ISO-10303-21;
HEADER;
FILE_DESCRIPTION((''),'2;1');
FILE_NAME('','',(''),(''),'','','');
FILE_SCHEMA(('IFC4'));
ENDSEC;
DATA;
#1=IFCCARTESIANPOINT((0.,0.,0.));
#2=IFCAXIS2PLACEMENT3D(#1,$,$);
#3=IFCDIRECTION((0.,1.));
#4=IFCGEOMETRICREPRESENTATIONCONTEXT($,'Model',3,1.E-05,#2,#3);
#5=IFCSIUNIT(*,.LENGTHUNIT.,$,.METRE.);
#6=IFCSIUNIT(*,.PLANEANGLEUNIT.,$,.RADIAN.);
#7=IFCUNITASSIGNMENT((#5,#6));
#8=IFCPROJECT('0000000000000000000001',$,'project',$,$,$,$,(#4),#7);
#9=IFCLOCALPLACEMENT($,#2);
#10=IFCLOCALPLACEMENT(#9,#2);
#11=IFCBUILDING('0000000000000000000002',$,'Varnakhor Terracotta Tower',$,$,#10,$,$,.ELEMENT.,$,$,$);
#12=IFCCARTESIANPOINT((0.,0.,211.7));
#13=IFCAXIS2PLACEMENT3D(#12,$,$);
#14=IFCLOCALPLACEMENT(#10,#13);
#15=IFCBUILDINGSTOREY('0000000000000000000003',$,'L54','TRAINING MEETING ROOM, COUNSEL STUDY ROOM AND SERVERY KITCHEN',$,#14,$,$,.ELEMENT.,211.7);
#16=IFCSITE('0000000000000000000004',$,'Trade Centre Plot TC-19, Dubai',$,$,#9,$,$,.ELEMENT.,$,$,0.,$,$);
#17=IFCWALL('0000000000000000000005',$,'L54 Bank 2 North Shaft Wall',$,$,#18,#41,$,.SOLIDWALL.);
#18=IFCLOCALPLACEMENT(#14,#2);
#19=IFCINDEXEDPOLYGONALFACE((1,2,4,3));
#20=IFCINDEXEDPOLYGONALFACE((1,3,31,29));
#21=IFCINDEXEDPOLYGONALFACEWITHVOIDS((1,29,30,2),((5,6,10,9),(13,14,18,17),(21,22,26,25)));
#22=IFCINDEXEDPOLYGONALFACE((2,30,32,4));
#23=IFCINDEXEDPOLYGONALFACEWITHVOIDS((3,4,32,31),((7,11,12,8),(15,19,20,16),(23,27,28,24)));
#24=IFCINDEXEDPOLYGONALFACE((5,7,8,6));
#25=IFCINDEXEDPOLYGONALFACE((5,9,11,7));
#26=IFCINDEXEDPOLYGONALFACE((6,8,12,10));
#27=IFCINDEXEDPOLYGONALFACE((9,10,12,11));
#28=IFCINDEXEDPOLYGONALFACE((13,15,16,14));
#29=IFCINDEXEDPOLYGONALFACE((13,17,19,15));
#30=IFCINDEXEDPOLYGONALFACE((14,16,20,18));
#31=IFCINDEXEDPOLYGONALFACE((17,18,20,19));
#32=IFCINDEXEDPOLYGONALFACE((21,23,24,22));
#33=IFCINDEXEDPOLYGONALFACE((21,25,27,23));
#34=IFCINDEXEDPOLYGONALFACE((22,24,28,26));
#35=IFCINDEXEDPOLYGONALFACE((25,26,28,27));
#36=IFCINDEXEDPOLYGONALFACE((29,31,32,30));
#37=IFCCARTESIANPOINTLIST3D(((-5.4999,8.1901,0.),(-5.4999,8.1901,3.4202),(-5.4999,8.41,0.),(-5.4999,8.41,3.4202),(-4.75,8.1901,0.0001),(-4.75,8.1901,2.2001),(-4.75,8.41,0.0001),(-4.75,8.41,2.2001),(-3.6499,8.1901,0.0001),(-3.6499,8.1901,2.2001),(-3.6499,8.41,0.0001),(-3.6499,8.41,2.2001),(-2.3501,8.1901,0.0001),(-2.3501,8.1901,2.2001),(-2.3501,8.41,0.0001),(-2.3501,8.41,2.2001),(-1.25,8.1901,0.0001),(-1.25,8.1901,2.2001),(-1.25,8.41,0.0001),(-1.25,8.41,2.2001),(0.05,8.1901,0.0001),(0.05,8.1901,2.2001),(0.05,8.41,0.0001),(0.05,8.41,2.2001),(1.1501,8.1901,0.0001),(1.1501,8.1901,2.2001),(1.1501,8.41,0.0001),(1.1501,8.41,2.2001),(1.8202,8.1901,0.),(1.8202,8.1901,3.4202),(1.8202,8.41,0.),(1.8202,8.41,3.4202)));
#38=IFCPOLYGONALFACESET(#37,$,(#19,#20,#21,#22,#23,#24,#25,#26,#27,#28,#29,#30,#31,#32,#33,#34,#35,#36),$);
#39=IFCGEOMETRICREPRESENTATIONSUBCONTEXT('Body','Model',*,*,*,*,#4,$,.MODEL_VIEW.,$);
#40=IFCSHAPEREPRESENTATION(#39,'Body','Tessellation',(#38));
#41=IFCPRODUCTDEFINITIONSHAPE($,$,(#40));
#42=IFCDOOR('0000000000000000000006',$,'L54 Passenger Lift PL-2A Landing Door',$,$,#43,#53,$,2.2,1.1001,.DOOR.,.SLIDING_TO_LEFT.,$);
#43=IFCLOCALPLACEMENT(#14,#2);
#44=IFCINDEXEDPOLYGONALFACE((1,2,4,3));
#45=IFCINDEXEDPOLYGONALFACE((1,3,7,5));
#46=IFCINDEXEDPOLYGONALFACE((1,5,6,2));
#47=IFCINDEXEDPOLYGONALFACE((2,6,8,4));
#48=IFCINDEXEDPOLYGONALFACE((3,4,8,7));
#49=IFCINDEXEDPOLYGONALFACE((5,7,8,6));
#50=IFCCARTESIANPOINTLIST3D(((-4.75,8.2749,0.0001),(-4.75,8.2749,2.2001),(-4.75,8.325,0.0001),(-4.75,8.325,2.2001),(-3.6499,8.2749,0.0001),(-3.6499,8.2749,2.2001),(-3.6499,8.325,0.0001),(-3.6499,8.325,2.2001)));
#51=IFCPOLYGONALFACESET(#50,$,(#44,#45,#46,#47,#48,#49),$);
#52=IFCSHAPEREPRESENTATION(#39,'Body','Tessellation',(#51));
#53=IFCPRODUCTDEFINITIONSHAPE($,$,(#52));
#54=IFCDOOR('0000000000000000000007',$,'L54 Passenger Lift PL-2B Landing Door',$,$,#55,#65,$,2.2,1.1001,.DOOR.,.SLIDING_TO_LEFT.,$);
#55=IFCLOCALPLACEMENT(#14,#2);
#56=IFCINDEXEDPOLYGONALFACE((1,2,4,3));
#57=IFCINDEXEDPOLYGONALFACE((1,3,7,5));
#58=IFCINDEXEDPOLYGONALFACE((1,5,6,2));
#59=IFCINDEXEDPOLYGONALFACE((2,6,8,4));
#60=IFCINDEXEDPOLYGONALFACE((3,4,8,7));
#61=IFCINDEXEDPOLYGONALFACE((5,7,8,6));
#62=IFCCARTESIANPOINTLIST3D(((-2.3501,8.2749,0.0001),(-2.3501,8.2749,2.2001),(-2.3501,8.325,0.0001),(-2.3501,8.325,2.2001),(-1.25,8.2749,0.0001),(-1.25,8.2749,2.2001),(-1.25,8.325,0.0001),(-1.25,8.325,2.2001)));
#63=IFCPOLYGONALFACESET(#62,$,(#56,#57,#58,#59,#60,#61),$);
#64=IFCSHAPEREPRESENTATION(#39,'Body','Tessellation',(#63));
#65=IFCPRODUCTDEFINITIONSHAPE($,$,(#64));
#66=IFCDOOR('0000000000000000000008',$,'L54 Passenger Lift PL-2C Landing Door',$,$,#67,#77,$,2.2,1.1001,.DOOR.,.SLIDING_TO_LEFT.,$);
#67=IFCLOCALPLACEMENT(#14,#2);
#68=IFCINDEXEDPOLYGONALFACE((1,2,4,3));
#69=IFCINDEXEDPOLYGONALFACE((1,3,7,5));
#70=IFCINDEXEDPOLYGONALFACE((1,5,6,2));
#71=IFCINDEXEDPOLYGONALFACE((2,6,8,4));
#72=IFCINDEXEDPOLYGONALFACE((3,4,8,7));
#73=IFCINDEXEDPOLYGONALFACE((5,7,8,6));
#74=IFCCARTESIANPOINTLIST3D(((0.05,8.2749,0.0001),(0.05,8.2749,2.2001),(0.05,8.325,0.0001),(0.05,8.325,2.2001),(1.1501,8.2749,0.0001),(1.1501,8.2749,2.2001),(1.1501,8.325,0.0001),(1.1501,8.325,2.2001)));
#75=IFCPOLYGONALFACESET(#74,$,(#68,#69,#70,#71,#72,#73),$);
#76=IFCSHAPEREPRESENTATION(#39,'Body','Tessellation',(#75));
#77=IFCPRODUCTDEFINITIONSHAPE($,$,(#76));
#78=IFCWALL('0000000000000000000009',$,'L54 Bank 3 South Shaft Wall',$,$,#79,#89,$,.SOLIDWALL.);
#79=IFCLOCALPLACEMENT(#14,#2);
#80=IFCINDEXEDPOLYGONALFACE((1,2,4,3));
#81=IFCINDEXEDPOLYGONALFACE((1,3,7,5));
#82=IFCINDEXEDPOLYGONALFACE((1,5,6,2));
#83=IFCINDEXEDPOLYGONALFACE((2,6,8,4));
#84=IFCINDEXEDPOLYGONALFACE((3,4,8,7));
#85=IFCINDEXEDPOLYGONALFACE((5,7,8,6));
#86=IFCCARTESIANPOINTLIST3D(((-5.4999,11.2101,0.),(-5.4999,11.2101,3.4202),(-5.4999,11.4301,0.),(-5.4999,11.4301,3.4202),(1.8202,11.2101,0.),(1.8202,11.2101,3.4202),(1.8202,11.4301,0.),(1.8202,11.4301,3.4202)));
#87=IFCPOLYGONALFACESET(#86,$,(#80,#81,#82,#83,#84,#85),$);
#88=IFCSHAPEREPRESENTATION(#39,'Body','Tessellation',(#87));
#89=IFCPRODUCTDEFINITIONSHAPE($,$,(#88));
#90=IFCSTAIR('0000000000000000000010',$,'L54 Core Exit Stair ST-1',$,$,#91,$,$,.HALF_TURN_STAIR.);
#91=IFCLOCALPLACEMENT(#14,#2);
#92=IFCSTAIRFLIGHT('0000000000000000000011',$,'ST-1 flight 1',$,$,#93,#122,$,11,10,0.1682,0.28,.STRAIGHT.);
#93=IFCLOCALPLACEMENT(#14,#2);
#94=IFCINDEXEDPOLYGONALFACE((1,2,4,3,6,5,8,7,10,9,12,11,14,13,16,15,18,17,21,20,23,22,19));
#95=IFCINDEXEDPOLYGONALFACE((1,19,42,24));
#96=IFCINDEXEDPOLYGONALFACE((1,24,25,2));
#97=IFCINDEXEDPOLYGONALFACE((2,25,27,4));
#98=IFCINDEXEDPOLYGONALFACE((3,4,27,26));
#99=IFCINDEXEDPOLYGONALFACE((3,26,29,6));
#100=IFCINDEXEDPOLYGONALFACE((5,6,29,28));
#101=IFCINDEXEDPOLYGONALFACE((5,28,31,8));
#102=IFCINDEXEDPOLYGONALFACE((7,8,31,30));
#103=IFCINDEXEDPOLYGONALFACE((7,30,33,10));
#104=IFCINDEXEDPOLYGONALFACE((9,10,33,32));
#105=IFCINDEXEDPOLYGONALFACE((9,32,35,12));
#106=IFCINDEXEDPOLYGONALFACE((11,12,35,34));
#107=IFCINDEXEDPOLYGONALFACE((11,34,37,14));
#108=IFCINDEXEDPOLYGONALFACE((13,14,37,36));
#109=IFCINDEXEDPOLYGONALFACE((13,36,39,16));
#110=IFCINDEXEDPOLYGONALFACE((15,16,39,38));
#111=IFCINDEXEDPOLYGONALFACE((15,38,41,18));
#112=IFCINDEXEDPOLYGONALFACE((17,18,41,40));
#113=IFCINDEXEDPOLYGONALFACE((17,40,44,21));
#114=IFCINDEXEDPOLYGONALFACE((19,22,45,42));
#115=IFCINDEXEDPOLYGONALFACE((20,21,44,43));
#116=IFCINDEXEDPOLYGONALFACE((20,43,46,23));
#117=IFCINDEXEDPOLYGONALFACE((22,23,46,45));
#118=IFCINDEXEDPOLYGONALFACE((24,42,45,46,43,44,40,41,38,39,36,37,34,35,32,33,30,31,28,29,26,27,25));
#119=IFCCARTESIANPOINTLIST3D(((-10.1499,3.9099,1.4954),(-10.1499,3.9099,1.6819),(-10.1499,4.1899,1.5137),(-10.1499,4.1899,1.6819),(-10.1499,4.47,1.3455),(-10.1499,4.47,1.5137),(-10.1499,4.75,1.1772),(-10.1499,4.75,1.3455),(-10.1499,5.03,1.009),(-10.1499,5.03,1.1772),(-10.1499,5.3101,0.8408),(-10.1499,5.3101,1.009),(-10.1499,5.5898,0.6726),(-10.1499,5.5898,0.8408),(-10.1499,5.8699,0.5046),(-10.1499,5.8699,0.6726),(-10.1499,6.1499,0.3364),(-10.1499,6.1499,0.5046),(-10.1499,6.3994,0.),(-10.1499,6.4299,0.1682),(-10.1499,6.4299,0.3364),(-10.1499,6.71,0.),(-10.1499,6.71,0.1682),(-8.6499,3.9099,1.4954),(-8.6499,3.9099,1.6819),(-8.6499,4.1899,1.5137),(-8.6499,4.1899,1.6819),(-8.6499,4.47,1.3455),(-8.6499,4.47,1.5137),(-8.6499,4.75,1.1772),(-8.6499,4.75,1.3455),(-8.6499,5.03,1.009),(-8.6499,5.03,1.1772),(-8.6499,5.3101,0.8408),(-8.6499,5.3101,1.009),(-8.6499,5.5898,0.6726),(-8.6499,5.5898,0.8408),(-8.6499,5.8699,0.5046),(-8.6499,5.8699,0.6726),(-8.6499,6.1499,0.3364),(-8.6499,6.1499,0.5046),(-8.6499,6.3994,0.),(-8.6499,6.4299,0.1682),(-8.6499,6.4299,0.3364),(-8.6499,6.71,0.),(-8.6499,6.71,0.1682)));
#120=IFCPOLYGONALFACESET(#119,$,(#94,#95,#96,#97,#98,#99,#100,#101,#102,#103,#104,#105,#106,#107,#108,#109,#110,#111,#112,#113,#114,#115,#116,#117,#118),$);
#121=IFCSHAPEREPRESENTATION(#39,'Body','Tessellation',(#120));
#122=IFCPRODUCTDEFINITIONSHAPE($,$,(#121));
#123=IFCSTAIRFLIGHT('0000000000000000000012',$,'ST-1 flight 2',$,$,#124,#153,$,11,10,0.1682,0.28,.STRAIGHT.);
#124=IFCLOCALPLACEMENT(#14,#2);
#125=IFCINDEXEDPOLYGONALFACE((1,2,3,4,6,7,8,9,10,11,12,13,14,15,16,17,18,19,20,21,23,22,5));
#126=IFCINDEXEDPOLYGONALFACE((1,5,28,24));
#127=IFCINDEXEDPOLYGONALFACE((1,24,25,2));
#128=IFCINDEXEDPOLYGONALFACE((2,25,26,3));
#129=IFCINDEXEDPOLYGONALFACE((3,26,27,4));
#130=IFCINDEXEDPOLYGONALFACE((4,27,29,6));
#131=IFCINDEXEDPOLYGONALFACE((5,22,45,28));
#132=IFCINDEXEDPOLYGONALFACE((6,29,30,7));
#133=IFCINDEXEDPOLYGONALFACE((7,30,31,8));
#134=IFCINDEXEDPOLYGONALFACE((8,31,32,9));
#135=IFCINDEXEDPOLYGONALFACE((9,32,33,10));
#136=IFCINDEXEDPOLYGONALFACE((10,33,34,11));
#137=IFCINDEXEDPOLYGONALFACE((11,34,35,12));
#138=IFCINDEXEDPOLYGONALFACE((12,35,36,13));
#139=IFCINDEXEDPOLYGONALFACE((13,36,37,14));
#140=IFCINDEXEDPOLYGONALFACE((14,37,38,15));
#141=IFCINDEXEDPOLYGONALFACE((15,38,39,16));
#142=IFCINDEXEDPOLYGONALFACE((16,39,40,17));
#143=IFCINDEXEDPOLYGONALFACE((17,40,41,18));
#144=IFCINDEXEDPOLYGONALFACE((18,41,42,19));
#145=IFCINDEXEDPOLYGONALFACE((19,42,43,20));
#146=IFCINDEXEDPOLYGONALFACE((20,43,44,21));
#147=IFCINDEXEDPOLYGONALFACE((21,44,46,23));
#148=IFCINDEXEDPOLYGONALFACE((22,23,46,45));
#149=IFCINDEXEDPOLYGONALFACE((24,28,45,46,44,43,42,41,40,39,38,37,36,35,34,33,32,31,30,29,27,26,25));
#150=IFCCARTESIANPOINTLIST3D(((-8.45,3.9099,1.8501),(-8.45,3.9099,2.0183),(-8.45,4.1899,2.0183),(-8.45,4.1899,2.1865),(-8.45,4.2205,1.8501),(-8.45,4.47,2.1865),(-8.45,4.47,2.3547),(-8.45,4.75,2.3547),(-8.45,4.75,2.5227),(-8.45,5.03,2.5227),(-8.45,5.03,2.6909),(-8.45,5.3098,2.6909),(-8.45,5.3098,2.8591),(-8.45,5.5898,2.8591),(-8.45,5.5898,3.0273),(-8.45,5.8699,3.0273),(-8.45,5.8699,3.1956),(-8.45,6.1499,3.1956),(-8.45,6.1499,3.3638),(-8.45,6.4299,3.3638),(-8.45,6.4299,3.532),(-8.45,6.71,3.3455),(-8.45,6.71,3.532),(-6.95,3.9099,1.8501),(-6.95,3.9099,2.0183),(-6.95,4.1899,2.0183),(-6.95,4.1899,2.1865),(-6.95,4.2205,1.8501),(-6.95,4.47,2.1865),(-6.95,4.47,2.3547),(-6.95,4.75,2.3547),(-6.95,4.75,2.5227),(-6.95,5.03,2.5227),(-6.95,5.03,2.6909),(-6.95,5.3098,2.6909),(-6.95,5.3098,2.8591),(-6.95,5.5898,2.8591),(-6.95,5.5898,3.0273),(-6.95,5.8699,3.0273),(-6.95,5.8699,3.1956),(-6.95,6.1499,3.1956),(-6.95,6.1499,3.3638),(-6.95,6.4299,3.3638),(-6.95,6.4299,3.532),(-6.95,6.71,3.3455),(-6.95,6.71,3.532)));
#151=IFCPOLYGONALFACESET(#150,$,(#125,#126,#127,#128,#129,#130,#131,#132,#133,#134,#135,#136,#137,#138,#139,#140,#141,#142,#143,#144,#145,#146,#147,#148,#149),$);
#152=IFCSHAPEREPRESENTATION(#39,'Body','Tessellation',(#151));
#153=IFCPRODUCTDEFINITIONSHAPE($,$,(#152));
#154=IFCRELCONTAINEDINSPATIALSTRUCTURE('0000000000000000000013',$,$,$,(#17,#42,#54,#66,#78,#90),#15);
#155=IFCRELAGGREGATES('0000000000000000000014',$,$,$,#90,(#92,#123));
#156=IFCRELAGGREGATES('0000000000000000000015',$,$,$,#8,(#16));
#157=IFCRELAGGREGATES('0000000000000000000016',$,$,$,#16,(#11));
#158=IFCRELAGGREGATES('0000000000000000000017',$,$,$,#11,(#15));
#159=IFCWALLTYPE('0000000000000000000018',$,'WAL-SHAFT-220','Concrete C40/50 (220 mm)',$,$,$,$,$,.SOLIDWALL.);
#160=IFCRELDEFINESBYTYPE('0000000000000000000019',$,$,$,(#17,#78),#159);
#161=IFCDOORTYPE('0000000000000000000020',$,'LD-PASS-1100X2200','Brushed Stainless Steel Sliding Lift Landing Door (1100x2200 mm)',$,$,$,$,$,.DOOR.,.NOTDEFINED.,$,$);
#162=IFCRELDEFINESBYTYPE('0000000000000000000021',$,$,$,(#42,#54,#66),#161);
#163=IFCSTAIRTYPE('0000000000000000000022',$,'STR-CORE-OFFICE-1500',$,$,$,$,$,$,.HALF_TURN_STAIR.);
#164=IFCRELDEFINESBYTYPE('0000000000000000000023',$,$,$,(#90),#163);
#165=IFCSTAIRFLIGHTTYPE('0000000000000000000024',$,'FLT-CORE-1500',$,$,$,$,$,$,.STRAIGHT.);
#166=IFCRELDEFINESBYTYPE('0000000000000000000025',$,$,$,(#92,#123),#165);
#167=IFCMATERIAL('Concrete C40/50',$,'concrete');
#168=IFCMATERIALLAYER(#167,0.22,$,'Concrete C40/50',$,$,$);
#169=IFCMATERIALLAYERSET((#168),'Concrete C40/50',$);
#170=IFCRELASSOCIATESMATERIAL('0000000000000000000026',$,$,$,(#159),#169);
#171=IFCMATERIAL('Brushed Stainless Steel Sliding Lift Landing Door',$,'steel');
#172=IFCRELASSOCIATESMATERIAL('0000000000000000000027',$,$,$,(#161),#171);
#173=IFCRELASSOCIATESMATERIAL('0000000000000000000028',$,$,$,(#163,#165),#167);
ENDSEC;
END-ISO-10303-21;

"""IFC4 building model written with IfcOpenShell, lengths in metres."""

from ifc_helpers import new_model, si_unit, direction, frame, frame_2d, origin, place, context, subcontext, project, spatial, polyline, rectangle, outline, extrude, source, transform, mapped, material, layer, layer_set, type_object, type_shapes, element, fill, aggregate, save


model = new_model("IFC4")

# Units and contexts
model_context = context("Model", 3, precision=1e-05, world=origin(), true_north=direction((0.0, 1.0)))
body_context = subcontext(model_context, "Body", "Model", "MODEL_VIEW")
ifc_project = project(units=[si_unit("LENGTHUNIT", "METRE"), si_unit("PLANEANGLEUNIT", "RADIAN")], contexts=[model_context])

# Site, building, storey
site_placement = place(None, origin())
site = spatial("IfcSite", under=ifc_project, at=site_placement, Name="Trade Centre Plot TC-19, Dubai", CompositionType="ELEMENT", RefElevation=0.0)
building_placement = place(site_placement, origin())
building = spatial("IfcBuilding", under=site, at=building_placement, Name="Varnakhor Terracotta Tower", CompositionType="ELEMENT")
storey_placement = place(building_placement, frame((0.0, 0.0, 211.7)))
storey = spatial("IfcBuildingStorey", under=building, at=storey_placement, Name="L54", Description="TRAINING MEETING ROOM, COUNSEL STUDY ROOM AND SERVERY KITCHEN", CompositionType="ELEMENT", Elevation=211.7)

# Shared definitions
ifc_material_1 = material(Name="Concrete C40/50", Category="concrete")

# Shared definitions
ifc_layer_1 = layer(ifc_material_1, 0.22, Name="Concrete C40/50")
ifc_layer_set_1 = layer_set([ifc_layer_1], Name="Concrete C40/50")
wall_type_1 = type_object("IfcWallType", Name="WAL-SHAFT-220", Description="Concrete C40/50 (220 mm)", PredefinedType="SOLIDWALL", material=ifc_layer_set_1)

# Wall, openings, doors
wall_1_placement = place(storey_placement, frame((-5.5, 8.3, 0.0), z_axis=(0.0, 0.0, 1.0), x_axis=(1.0, 0.0, 0.0)))
wall_1 = element("IfcWall", 1, at=wall_1_placement, inside=storey, type_object=wall_type_1, Name="L54 Bank 2 North Shaft Wall", PredefinedType="SOLIDWALL", context=body_context, shape_type="SweptSolid", body=[
    extrude(rectangle(XDim=7.3201, YDim=0.22, at=frame_2d((3.6602, 0.0))), origin(), (0.0, 0.0, 1.0), 3.4202),
])
opening_1_placement = place(wall_1_placement, frame((0.75, 0.0, 0.0)))
opening_1 = element("IfcOpeningElement", 2, at=opening_1_placement, cuts=wall_1, PredefinedType="OPENING", context=body_context, shape_type="SweptSolid", body=[
    extrude(rectangle(XDim=1.1001, YDim=2.2, at=frame_2d((0.55, 1.1001))), frame((0.0, 0.1201, 0.0), z_axis=(0.0, -1.0, 0.0), x_axis=(1.0, 0.0, 0.0)), (0.0, 0.0, 1.0), 0.24),
])
opening_2_placement = place(wall_1_placement, frame((3.1499, 0.0, 0.0)))
opening_2 = element("IfcOpeningElement", 3, at=opening_2_placement, cuts=wall_1, PredefinedType="OPENING", context=body_context, shape_type="SweptSolid", body=[
    extrude(rectangle(XDim=1.1001, YDim=2.2, at=frame_2d((0.55, 1.1001))), frame((0.0, 0.1201, 0.0), z_axis=(0.0, -1.0, 0.0), x_axis=(1.0, 0.0, 0.0)), (0.0, 0.0, 1.0), 0.24),
])
opening_3_placement = place(wall_1_placement, frame((5.55, 0.0, 0.0)))
opening_3 = element("IfcOpeningElement", 4, at=opening_3_placement, cuts=wall_1, PredefinedType="OPENING", context=body_context, shape_type="SweptSolid", body=[
    extrude(rectangle(XDim=1.1001, YDim=2.2, at=frame_2d((0.55, 1.1001))), frame((0.0, 0.1201, 0.0), z_axis=(0.0, -1.0, 0.0), x_axis=(1.0, 0.0, 0.0)), (0.0, 0.0, 1.0), 0.24),
])
ifc_material_2 = material(Name="Brushed Stainless Steel Sliding Lift Landing Door", Category="steel")
door_type_1 = type_object("IfcDoorType", Name="LD-PASS-1100X2200", Description="Brushed Stainless Steel Sliding Lift Landing Door (1100x2200 mm)", OperationType="NOTDEFINED", PredefinedType="DOOR", material=ifc_material_2)
shared_shape_1 = source(origin(), body_context, "Body", "SweptSolid", [
    extrude(rectangle(XDim=1.1001, YDim=2.2, at=frame_2d((0.55, 1.1001))), frame((0.0, 0.0249, 0.0), z_axis=(0.0, -1.0, 0.0), x_axis=(1.0, 0.0, 0.0)), (0.0, 0.0, 1.0), 0.05),
])
type_shapes(door_type_1, [shared_shape_1])
door_1_placement = place(opening_1_placement, origin())
door_1 = element("IfcDoor", 5, at=door_1_placement, inside=storey, type_object=door_type_1, Name="L54 Passenger Lift PL-2A Landing Door", OperationType="SLIDING_TO_LEFT", OverallHeight=2.2, OverallWidth=1.1001, PredefinedType="DOOR", context=body_context, shape_type="MappedRepresentation", body=[
    mapped(shared_shape_1, transform((0.0, 0.0, 0.0), scale=1.0)),
])
fill(opening_1, door_1)
door_2_placement = place(opening_2_placement, origin())
door_2 = element("IfcDoor", 6, at=door_2_placement, inside=storey, type_object=door_type_1, Name="L54 Passenger Lift PL-2B Landing Door", OperationType="SLIDING_TO_LEFT", OverallHeight=2.2, OverallWidth=1.1001, PredefinedType="DOOR", context=body_context, shape_type="MappedRepresentation", body=[
    mapped(shared_shape_1, transform((0.0, 0.0, 0.0), scale=1.0)),
])
fill(opening_2, door_2)
door_3_placement = place(opening_3_placement, origin())
door_3 = element("IfcDoor", 7, at=door_3_placement, inside=storey, type_object=door_type_1, Name="L54 Passenger Lift PL-2C Landing Door", OperationType="SLIDING_TO_LEFT", OverallHeight=2.2, OverallWidth=1.1001, PredefinedType="DOOR", context=body_context, shape_type="MappedRepresentation", body=[
    mapped(shared_shape_1, transform((0.0, 0.0, 0.0), scale=1.0)),
])
fill(opening_3, door_3)

# Wall
wall_2_placement = place(storey_placement, frame((-5.5, 11.3201, 0.0), z_axis=(0.0, 0.0, 1.0), x_axis=(1.0, 0.0, 0.0)))
element("IfcWall", 8, at=wall_2_placement, inside=storey, type_object=wall_type_1, Name="L54 Bank 3 South Shaft Wall", PredefinedType="SOLIDWALL", context=body_context, shape_type="SweptSolid", body=[
    extrude(rectangle(XDim=7.3201, YDim=0.22, at=frame_2d((3.6602, 0.0))), origin(), (0.0, 0.0, 1.0), 3.4202),
])

# Stair, stair flights
stair_type = type_object("IfcStairType", Name="STR-CORE-OFFICE-1500", PredefinedType="HALF_TURN_STAIR", material=ifc_material_1)
stair_placement = place(storey_placement, origin())
stair = element("IfcStair", 9, at=stair_placement, inside=storey, type_object=stair_type, Name="L54 Core Exit Stair ST-1", PredefinedType="HALF_TURN_STAIR")
stair_flight_type = type_object("IfcStairFlightType", Name="FLT-CORE-1500", PredefinedType="STRAIGHT", material=ifc_material_1)
stair_flight_1_placement = place(storey_placement, frame((-9.3999, 6.71, 0.0), z_axis=(0.0, 0.0, 1.0), x_axis=(0.0, -1.0, 0.0)))
stair_flight_1 = element("IfcStairFlight", 10, at=stair_flight_1_placement, type_object=stair_flight_type, Name="ST-1 flight 1", NumberOfRisers=11, NumberOfTreads=10, PredefinedType="STRAIGHT", RiserHeight=0.1682, TreadLength=0.28, context=body_context, shape_type="SweptSolid", body=[
    extrude(outline(polyline([(0.0, 0.0), (0.0, 0.1682), (0.28, 0.1682), (0.28, 0.3364), (0.5601, 0.3364), (0.5601, 0.5046), (0.8401, 0.5046), (0.8401, 0.6726), (1.1201, 0.6726), (1.1201, 0.8408), (1.3999, 0.8408), (1.3999, 1.009), (1.6799, 1.009), (1.6799, 1.1772), (1.96, 1.1772), (1.96, 1.3455), (2.24, 1.3455), (2.24, 1.5137), (2.52, 1.5137), (2.52, 1.6819), (2.8, 1.6819), (2.8, 1.8501), (2.8, 1.4954), (0.3105, 0.0), (0.0, 0.0)])), frame((0.0, 0.75, 0.0), z_axis=(0.0, -1.0, 0.0), x_axis=(1.0, 0.0, 0.0)), (0.0, 0.0, 1.0), 1.5),
])
stair_flight_2_placement = place(storey_placement, frame((-7.7, 3.9099, 1.8501), z_axis=(0.0, 0.0, 1.0), x_axis=(0.0, 1.0, 0.0)))
stair_flight_2 = element("IfcStairFlight", 11, at=stair_flight_2_placement, type_object=stair_flight_type, Name="ST-1 flight 2", NumberOfRisers=11, NumberOfTreads=10, PredefinedType="STRAIGHT", RiserHeight=0.1682, TreadLength=0.28, context=body_context, shape_type="SweptSolid", body=[
    extrude(outline(polyline([(0.0, 0.0), (0.0, 0.1682), (0.28, 0.1682), (0.28, 0.3364), (0.5601, 0.3364), (0.5601, 0.5046), (0.8401, 0.5046), (0.8401, 0.6726), (1.1201, 0.6726), (1.1201, 0.8408), (1.3999, 0.8408), (1.3999, 1.009), (1.6799, 1.009), (1.6799, 1.1772), (1.96, 1.1772), (1.96, 1.3455), (2.24, 1.3455), (2.24, 1.5137), (2.52, 1.5137), (2.52, 1.6819), (2.8, 1.6819), (2.8, 1.8501), (2.8, 1.4954), (0.3105, 0.0), (0.0, 0.0)])), frame((0.0, 0.75, 0.0), z_axis=(0.0, -1.0, 0.0), x_axis=(1.0, 0.0, 0.0)), (0.0, 0.0, 1.0), 1.5),
])
aggregate(stair, [stair_flight_1, stair_flight_2])

save(model, "model.ifc")
